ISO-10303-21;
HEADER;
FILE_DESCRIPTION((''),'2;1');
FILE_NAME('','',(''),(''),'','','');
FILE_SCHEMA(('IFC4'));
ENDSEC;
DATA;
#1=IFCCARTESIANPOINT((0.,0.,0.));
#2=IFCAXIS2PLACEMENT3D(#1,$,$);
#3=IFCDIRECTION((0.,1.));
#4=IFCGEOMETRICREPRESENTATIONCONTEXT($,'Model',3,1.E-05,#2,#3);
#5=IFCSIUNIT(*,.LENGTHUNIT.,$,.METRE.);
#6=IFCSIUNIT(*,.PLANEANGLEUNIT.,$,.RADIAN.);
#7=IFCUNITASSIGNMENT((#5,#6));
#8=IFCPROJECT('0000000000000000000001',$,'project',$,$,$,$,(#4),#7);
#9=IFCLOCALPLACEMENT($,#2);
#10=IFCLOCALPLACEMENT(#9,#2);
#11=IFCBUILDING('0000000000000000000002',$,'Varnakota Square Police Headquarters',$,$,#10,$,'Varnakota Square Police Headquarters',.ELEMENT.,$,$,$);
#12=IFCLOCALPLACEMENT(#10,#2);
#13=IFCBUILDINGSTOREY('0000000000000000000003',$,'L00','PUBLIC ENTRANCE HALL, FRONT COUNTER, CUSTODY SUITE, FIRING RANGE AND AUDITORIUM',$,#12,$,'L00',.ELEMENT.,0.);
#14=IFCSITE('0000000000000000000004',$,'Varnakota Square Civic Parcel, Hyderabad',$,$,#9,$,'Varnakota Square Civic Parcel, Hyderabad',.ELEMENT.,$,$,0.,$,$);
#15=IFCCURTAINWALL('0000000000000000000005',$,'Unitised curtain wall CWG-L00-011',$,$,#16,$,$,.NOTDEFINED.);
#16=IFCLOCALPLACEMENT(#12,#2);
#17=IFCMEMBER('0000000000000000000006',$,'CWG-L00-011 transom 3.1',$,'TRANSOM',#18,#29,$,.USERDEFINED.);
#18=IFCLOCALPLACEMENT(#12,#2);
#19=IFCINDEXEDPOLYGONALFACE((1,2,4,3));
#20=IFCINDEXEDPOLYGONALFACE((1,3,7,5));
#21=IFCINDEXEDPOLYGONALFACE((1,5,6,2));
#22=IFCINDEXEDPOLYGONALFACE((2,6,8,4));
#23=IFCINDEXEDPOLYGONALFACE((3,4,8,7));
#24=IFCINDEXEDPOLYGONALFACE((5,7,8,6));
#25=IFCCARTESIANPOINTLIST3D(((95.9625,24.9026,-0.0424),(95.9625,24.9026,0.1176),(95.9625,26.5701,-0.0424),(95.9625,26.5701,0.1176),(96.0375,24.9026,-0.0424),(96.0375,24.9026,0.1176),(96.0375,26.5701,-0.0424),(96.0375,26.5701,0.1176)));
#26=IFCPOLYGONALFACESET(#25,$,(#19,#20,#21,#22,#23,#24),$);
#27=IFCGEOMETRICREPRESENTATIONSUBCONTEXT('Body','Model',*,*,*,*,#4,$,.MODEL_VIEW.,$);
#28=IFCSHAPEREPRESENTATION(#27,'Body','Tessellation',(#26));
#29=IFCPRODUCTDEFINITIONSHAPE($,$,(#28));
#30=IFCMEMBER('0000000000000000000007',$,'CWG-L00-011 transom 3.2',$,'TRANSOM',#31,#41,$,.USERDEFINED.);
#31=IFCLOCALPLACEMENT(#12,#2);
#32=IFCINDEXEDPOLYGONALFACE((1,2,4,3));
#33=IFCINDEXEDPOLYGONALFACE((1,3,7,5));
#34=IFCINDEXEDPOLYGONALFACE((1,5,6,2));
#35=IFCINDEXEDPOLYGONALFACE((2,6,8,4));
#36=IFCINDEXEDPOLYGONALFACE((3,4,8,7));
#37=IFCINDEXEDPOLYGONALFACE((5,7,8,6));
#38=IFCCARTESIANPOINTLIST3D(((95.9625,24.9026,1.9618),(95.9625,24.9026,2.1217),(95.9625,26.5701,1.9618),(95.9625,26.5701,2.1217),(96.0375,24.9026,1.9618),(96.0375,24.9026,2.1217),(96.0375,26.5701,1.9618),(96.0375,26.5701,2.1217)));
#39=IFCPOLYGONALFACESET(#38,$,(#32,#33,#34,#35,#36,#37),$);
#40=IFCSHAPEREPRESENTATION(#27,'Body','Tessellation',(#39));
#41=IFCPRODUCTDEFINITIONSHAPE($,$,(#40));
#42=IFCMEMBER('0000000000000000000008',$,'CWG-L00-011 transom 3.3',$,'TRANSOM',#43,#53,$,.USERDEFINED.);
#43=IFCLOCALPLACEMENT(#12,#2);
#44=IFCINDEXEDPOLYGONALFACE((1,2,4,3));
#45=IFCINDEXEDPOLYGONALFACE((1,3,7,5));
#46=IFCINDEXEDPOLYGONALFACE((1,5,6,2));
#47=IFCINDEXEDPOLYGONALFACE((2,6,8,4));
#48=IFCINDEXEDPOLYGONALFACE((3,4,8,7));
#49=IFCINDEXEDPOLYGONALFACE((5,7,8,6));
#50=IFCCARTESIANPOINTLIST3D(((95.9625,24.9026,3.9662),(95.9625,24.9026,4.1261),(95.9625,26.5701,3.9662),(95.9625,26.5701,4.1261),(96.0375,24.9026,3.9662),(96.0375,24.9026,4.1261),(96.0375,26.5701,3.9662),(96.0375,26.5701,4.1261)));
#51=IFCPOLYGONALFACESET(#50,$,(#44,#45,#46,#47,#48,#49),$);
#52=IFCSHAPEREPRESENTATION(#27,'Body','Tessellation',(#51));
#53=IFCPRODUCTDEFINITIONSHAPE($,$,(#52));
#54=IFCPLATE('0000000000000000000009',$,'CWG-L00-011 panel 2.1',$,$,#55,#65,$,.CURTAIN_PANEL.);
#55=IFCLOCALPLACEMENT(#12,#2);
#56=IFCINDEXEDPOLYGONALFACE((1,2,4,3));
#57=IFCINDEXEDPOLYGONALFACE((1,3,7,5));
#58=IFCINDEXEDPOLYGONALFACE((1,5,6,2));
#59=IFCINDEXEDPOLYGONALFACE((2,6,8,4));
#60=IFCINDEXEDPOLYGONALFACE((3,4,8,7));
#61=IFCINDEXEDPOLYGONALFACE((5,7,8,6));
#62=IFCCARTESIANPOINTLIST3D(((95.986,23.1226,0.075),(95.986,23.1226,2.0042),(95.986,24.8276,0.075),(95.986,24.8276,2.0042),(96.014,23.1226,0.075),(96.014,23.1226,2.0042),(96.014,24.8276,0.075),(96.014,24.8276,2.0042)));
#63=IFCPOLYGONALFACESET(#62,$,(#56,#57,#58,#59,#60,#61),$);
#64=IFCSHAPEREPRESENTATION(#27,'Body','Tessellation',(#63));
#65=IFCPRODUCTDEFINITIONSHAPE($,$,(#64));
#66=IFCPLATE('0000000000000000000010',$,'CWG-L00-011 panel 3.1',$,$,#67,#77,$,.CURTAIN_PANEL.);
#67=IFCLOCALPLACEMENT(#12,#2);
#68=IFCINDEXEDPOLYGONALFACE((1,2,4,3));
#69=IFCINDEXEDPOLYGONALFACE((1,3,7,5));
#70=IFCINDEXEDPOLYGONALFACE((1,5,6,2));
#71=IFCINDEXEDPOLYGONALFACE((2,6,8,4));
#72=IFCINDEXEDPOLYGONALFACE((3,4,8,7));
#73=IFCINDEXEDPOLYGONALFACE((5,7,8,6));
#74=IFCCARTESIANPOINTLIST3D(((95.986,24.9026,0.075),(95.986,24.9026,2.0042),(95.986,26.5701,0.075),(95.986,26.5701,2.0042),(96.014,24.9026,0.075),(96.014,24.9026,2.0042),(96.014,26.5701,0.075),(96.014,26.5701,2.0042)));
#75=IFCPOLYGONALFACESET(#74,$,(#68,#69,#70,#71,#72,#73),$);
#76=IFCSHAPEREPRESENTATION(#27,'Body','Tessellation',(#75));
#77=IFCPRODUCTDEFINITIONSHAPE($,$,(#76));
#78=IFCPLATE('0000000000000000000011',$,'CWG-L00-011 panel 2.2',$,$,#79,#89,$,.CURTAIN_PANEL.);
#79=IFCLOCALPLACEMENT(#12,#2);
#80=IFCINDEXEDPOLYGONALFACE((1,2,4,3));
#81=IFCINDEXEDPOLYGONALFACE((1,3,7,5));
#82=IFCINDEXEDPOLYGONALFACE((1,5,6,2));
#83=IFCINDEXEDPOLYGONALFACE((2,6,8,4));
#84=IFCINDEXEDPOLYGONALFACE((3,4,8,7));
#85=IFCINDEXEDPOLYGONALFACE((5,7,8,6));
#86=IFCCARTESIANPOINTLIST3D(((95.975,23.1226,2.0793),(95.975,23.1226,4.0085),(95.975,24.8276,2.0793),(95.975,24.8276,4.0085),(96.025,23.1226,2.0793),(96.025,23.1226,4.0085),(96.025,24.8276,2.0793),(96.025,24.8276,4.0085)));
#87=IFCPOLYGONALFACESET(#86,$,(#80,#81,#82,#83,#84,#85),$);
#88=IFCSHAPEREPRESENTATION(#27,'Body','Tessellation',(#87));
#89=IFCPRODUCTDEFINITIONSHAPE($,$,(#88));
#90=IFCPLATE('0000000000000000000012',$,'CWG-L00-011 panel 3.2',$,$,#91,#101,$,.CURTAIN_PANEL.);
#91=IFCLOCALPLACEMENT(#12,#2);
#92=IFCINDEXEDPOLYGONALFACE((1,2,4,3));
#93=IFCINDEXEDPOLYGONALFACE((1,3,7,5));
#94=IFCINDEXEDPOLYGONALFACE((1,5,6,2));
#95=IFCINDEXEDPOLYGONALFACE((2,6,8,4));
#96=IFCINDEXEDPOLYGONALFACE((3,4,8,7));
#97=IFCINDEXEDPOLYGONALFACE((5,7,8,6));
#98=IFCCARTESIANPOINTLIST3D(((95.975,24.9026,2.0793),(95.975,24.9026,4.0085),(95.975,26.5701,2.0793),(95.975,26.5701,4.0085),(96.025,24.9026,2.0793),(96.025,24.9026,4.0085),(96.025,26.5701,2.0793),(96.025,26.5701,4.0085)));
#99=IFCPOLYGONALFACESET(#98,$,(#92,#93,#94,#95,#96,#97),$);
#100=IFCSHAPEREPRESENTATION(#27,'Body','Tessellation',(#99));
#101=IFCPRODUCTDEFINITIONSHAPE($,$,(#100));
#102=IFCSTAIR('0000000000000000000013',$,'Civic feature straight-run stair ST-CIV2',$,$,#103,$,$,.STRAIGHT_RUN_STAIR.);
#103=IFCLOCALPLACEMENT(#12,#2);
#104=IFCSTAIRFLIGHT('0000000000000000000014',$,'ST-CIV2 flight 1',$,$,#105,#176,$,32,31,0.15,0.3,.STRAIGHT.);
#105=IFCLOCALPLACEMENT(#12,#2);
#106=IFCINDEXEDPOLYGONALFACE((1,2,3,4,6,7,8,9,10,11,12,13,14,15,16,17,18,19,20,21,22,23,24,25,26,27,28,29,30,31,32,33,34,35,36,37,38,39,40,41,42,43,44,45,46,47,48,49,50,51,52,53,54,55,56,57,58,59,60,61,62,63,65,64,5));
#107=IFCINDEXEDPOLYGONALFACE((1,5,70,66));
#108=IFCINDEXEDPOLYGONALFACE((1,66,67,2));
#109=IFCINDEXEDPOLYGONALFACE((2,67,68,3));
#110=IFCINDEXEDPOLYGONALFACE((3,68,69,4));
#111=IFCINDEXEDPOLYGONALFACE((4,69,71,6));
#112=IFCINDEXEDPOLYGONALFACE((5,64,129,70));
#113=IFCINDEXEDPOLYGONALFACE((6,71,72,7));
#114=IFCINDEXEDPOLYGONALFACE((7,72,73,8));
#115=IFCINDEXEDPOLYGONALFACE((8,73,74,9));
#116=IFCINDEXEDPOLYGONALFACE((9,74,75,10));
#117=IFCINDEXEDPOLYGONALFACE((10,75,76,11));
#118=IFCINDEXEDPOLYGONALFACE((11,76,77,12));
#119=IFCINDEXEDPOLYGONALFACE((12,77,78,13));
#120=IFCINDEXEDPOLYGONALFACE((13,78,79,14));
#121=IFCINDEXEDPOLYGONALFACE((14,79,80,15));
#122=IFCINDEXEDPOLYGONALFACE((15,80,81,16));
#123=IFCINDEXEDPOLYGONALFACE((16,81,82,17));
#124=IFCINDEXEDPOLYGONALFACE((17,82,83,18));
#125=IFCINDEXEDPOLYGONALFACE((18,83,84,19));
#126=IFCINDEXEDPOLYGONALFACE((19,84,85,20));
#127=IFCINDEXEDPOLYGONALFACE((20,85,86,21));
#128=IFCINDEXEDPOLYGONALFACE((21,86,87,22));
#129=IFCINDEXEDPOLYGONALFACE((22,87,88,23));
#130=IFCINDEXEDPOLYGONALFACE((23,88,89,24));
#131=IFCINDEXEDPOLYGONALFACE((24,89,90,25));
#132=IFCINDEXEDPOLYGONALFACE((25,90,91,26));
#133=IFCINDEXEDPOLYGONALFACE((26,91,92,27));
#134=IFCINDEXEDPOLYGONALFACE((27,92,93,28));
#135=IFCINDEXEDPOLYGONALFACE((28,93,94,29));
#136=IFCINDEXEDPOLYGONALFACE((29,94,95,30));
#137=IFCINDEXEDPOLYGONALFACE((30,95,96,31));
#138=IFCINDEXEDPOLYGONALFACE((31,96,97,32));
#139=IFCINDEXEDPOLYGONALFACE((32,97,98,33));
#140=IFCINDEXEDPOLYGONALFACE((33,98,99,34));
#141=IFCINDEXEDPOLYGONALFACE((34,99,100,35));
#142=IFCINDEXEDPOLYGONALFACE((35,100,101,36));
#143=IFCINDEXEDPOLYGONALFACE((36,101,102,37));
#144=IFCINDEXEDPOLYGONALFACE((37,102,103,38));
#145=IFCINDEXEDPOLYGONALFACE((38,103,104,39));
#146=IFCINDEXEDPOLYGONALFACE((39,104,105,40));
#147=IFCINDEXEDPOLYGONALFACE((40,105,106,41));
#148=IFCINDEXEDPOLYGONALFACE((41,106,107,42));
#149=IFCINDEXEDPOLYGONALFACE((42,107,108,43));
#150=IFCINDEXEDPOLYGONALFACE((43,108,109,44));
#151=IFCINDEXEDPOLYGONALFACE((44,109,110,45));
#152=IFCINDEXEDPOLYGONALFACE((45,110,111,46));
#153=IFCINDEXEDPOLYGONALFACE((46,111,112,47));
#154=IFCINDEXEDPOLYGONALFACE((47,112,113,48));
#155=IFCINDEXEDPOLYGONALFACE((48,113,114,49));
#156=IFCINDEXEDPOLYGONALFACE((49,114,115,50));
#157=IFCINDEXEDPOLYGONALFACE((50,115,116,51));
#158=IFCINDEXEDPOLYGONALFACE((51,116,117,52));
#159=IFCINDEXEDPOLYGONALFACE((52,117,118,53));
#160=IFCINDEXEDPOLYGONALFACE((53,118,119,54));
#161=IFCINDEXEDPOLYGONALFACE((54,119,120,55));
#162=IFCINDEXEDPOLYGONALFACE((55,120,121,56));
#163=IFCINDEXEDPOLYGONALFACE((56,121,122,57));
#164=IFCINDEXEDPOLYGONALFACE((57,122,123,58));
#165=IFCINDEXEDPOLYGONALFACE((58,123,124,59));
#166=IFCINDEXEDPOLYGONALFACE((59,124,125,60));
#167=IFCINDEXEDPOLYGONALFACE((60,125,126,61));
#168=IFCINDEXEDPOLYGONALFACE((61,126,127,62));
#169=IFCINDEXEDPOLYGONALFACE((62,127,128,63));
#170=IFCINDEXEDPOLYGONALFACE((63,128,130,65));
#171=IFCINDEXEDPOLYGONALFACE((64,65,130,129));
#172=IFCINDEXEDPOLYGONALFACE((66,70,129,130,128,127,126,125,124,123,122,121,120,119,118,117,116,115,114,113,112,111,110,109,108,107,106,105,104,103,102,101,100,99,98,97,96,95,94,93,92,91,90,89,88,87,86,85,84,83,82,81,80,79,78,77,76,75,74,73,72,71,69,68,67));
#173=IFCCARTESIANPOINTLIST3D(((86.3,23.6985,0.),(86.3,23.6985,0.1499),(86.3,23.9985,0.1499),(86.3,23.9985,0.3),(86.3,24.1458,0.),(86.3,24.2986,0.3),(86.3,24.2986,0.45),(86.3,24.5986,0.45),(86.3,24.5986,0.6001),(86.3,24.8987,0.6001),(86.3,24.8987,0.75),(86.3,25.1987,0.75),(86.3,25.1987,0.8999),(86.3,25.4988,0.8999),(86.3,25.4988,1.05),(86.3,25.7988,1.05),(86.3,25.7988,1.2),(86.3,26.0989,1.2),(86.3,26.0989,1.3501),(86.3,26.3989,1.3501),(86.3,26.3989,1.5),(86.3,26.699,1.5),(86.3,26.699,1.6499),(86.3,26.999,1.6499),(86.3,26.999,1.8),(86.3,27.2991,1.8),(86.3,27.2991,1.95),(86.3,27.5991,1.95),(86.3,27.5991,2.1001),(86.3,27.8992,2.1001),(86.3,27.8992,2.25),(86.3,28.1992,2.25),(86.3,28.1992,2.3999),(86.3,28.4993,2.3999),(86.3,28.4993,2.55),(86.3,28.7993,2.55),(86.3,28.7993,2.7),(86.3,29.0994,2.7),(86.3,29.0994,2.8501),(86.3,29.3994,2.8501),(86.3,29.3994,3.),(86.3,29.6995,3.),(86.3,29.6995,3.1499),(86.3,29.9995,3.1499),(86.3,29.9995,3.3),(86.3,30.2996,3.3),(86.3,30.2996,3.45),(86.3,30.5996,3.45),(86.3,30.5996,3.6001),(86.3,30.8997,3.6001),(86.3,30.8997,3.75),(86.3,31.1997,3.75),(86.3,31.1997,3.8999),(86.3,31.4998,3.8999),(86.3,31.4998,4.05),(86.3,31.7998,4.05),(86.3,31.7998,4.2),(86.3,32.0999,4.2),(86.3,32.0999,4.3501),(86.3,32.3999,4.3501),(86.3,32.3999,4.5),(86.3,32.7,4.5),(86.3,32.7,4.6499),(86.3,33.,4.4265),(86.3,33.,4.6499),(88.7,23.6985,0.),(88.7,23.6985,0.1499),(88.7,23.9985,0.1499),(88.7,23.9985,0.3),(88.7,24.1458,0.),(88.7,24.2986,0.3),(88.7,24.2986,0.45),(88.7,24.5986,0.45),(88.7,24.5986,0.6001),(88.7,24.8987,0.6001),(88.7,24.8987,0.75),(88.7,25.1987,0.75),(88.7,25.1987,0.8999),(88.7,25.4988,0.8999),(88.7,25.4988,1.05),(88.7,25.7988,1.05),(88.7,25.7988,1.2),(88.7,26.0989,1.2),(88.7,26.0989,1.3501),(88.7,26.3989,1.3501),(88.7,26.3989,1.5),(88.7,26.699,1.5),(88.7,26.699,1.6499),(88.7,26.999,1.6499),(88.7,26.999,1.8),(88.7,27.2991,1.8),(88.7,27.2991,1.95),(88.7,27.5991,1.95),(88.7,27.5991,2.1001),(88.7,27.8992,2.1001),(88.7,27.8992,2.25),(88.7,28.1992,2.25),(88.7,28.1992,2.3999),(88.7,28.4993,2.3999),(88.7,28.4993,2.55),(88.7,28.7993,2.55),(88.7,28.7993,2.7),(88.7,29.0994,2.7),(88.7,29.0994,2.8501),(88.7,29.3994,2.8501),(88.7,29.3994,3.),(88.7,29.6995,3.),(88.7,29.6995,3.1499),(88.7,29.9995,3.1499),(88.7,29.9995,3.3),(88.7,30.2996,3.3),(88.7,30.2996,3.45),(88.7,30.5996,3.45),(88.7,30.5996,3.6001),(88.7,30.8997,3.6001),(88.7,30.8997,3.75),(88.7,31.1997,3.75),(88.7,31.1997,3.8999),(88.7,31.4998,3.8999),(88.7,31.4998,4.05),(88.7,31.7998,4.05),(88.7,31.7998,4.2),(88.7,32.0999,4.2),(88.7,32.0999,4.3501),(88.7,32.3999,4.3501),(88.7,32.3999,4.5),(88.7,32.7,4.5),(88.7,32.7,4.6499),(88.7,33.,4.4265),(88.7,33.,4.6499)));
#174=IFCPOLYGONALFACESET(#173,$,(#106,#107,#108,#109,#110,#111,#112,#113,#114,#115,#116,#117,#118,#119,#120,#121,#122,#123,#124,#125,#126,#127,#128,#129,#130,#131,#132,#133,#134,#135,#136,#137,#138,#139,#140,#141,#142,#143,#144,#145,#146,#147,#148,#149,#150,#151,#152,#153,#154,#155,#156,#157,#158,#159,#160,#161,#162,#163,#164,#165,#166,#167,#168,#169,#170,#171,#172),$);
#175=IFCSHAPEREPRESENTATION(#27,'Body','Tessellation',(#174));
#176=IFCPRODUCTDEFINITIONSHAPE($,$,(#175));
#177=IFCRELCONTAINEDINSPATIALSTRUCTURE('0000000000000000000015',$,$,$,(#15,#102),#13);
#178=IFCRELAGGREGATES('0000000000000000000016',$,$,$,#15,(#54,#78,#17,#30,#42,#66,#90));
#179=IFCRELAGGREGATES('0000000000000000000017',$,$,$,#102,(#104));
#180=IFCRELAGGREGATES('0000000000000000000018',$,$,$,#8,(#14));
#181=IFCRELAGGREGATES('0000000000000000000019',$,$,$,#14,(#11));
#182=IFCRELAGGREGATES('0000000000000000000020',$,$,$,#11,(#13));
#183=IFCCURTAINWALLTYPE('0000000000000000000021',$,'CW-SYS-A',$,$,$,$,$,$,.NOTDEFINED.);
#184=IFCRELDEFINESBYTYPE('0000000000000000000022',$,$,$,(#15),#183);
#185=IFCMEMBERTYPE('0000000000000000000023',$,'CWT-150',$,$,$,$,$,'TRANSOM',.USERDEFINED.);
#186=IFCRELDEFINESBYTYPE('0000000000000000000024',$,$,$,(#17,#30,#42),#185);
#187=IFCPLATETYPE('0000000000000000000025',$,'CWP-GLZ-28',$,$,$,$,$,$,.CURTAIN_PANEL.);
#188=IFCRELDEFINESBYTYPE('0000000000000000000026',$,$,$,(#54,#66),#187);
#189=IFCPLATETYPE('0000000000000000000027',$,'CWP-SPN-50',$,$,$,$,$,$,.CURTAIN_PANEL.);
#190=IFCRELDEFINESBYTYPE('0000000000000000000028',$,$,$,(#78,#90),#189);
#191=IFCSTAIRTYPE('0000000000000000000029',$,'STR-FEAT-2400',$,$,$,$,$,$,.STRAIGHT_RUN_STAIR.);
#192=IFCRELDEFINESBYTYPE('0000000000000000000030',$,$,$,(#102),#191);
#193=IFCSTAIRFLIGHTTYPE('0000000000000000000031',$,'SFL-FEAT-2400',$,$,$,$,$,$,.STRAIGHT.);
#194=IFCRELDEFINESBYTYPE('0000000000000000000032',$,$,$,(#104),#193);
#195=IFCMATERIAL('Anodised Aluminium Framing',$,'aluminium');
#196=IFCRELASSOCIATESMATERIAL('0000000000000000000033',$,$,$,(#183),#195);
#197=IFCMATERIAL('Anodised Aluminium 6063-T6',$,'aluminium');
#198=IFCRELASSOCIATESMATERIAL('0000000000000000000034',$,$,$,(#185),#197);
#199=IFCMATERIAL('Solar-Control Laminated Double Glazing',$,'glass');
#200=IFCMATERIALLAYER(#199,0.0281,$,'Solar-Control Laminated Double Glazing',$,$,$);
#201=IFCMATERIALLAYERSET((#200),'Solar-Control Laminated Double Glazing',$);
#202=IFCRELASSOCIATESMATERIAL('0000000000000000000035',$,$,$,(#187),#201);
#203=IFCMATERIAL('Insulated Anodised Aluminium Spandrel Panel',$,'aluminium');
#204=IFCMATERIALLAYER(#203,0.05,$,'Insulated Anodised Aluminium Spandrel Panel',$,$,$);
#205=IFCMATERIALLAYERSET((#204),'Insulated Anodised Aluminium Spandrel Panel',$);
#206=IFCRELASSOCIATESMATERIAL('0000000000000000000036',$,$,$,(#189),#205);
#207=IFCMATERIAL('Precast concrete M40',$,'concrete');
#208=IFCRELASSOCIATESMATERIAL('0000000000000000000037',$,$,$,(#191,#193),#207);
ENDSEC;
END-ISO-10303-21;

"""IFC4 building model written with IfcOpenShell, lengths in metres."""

from ifc_helpers import new_model, si_unit, direction, frame, origin, origin_2d, place, context, subcontext, project, spatial, polyline, rectangle, outline, extrude, material, layer, layer_set, material_profile, profile_set, type_object, element, aggregate, save


model = new_model("IFC4")

# Units and contexts
model_context = context("Model", 3, precision=1e-05, world=origin(), true_north=direction((0.0, 1.0)))
body_context = subcontext(model_context, "Body", "Model", "MODEL_VIEW")
ifc_project = project(units=[si_unit("LENGTHUNIT", "METRE"), si_unit("PLANEANGLEUNIT", "RADIAN")], contexts=[model_context])

# Site, building, storey
site_placement = place(None, origin())
site = spatial("IfcSite", under=ifc_project, at=site_placement, Name="Varnakota Square Civic Parcel, Hyderabad", LongName="Varnakota Square Civic Parcel, Hyderabad", CompositionType="ELEMENT", RefElevation=0.0)
building_placement = place(site_placement, origin())
building = spatial("IfcBuilding", under=site, at=building_placement, Name="Varnakota Square Police Headquarters", LongName="Varnakota Square Police Headquarters", CompositionType="ELEMENT")
storey_placement = place(building_placement, origin())
storey = spatial("IfcBuildingStorey", under=building, at=storey_placement, Name="L00", Description="PUBLIC ENTRANCE HALL, FRONT COUNTER, CUSTODY SUITE, FIRING RANGE AND AUDITORIUM", LongName="L00", CompositionType="ELEMENT", Elevation=0.0)

# Shared definitions
ifc_material_1 = material(Name="Anodised Aluminium Framing", Category="aluminium")
curtain_wall_type = type_object("IfcCurtainWallType", Name="CW-SYS-A", PredefinedType="NOTDEFINED", material=ifc_material_1)
ifc_material_2 = material(Name="Anodised Aluminium 6063-T6", Category="aluminium")

# Curtain wall
curtain_wall_1_placement = place(storey_placement, origin())
curtain_wall_1 = element("IfcCurtainWall", 1, at=curtain_wall_1_placement, inside=storey, type_object=curtain_wall_type, Name="Unitised curtain wall CWG-L00-011", PredefinedType="NOTDEFINED")

# Members
ifc_material_profile_1 = material_profile(ifc_material_2, rectangle(XDim=0.075, YDim=0.1599, at=origin_2d()), Name="ALU TRANSOM 75x160")
ifc_profile_set_1 = profile_set([ifc_material_profile_1], Name="Anodised Aluminium 6063-T6")
member_type_1 = type_object("IfcMemberType", Name="CWT-150", ElementType="TRANSOM", PredefinedType="USERDEFINED", material=ifc_profile_set_1)
member_1_placement = place(storey_placement, frame((96.0, 24.9026, 0.0376), z_axis=(0.0, 1.0, 0.0), x_axis=(-1.0, 0.0, 0.0)))
member_1 = element("IfcMember", 2, at=member_1_placement, type_object=member_type_1, Name="CWG-L00-011 transom 3.1", ObjectType="TRANSOM", PredefinedType="USERDEFINED", context=body_context, shape_type="SweptSolid", body=[
    extrude(rectangle(XDim=0.075, YDim=0.1599, at=origin_2d()), origin(), (0.0, 0.0, 1.0), 1.6675),
])
member_2_placement = place(storey_placement, frame((96.0, 24.9026, 2.0417), z_axis=(0.0, 1.0, 0.0), x_axis=(-1.0, 0.0, 0.0)))
member_2 = element("IfcMember", 3, at=member_2_placement, type_object=member_type_1, Name="CWG-L00-011 transom 3.2", ObjectType="TRANSOM", PredefinedType="USERDEFINED", context=body_context, shape_type="SweptSolid", body=[
    extrude(rectangle(XDim=0.075, YDim=0.1599, at=origin_2d()), origin(), (0.0, 0.0, 1.0), 1.6675),
])
member_3_placement = place(storey_placement, frame((96.0, 24.9026, 4.0461), z_axis=(0.0, 1.0, 0.0), x_axis=(-1.0, 0.0, 0.0)))
member_3 = element("IfcMember", 4, at=member_3_placement, type_object=member_type_1, Name="CWG-L00-011 transom 3.3", ObjectType="TRANSOM", PredefinedType="USERDEFINED", context=body_context, shape_type="SweptSolid", body=[
    extrude(rectangle(XDim=0.075, YDim=0.1599, at=origin_2d()), origin(), (0.0, 0.0, 1.0), 1.6675),
])

# Plates
ifc_material_3 = material(Name="Solar-Control Laminated Double Glazing", Category="glass")
ifc_layer_1 = layer(ifc_material_3, 0.0281, Name="Solar-Control Laminated Double Glazing")
ifc_layer_set_1 = layer_set([ifc_layer_1], Name="Solar-Control Laminated Double Glazing")
plate_type_1 = type_object("IfcPlateType", Name="CWP-GLZ-28", PredefinedType="CURTAIN_PANEL", material=ifc_layer_set_1)
plate_1_placement = place(storey_placement, frame((96.0, 23.9751, 0.075), z_axis=(0.0, 0.0, 1.0), x_axis=(0.0, 1.0, 0.0)))
plate_1 = element("IfcPlate", 5, at=plate_1_placement, type_object=plate_type_1, Name="CWG-L00-011 panel 2.1", PredefinedType="CURTAIN_PANEL", context=body_context, shape_type="SweptSolid", body=[
    extrude(rectangle(XDim=1.7051, YDim=0.0281, at=origin_2d()), origin(), (0.0, 0.0, 1.0), 1.9292),
])
plate_2_placement = place(storey_placement, frame((96.0, 25.7363, 0.075), z_axis=(0.0, 0.0, 1.0), x_axis=(0.0, 1.0, 0.0)))
plate_2 = element("IfcPlate", 6, at=plate_2_placement, type_object=plate_type_1, Name="CWG-L00-011 panel 3.1", PredefinedType="CURTAIN_PANEL", context=body_context, shape_type="SweptSolid", body=[
    extrude(rectangle(XDim=1.6675, YDim=0.0281, at=origin_2d()), origin(), (0.0, 0.0, 1.0), 1.9292),
])
ifc_material_4 = material(Name="Insulated Anodised Aluminium Spandrel Panel", Category="aluminium")
ifc_layer_2 = layer(ifc_material_4, 0.05, Name="Insulated Anodised Aluminium Spandrel Panel")
ifc_layer_set_2 = layer_set([ifc_layer_2], Name="Insulated Anodised Aluminium Spandrel Panel")
plate_type_2 = type_object("IfcPlateType", Name="CWP-SPN-50", PredefinedType="CURTAIN_PANEL", material=ifc_layer_set_2)
plate_3_placement = place(storey_placement, frame((96.0, 23.9751, 2.0793), z_axis=(0.0, 0.0, 1.0), x_axis=(0.0, 1.0, 0.0)))
plate_3 = element("IfcPlate", 7, at=plate_3_placement, type_object=plate_type_2, Name="CWG-L00-011 panel 2.2", PredefinedType="CURTAIN_PANEL", context=body_context, shape_type="SweptSolid", body=[
    extrude(rectangle(XDim=1.7051, YDim=0.05, at=origin_2d()), origin(), (0.0, 0.0, 1.0), 1.9292),
])
plate_4_placement = place(storey_placement, frame((96.0, 25.7363, 2.0793), z_axis=(0.0, 0.0, 1.0), x_axis=(0.0, 1.0, 0.0)))
plate_4 = element("IfcPlate", 8, at=plate_4_placement, type_object=plate_type_2, Name="CWG-L00-011 panel 3.2", PredefinedType="CURTAIN_PANEL", context=body_context, shape_type="SweptSolid", body=[
    extrude(rectangle(XDim=1.6675, YDim=0.05, at=origin_2d()), origin(), (0.0, 0.0, 1.0), 1.9292),
])
aggregate(curtain_wall_1, [plate_1, plate_3, member_1, member_2, member_3, plate_2, plate_4])

# Stair, stair flight
ifc_material_5 = material(Name="Precast concrete M40", Category="concrete")
stair_type = type_object("IfcStairType", Name="STR-FEAT-2400", PredefinedType="STRAIGHT_RUN_STAIR", material=ifc_material_5)
stair_placement = place(storey_placement, origin())
stair = element("IfcStair", 9, at=stair_placement, inside=storey, type_object=stair_type, Name="Civic feature straight-run stair ST-CIV2", PredefinedType="STRAIGHT_RUN_STAIR")
stair_flight_type = type_object("IfcStairFlightType", Name="SFL-FEAT-2400", PredefinedType="STRAIGHT", material=ifc_material_5)
stair_flight_placement = place(storey_placement, frame((87.5, 23.6985, 0.0), z_axis=(0.0, 0.0, 1.0), x_axis=(0.0, 1.0, 0.0)))
stair_flight = element("IfcStairFlight", 10, at=stair_flight_placement, type_object=stair_flight_type, Name="ST-CIV2 flight 1", NumberOfRisers=32, NumberOfTreads=31, PredefinedType="STRAIGHT", RiserHeight=0.15, TreadLength=0.3, context=body_context, shape_type="SweptSolid", body=[
    extrude(outline(polyline([(0.0, 0.0), (0.0, 0.1499), (0.3, 0.1499), (0.3, 0.3), (0.6001, 0.3), (0.6001, 0.45), (0.9001, 0.45), (0.9001, 0.6001), (1.2002, 0.6001), (1.2002, 0.75), (1.5002, 0.75), (1.5002, 0.8999), (1.8003, 0.8999), (1.8003, 1.05), (2.1003, 1.05), (2.1003, 1.2), (2.4004, 1.2), (2.4004, 1.3501), (2.7004, 1.3501), (2.7004, 1.5), (3.0005, 1.5), (3.0005, 1.6499), (3.3005, 1.6499), (3.3005, 1.8), (3.6006, 1.8), (3.6006, 1.95), (3.9006, 1.95), (3.9006, 2.1001), (4.2007, 2.1001), (4.2007, 2.25), (4.5007, 2.25), (4.5007, 2.3999), (4.8008, 2.3999), (4.8008, 2.55), (5.1008, 2.55), (5.1008, 2.7), (5.4009, 2.7), (5.4009, 2.8501), (5.7009, 2.8501), (5.7009, 3.0), (6.001, 3.0), (6.001, 3.1499), (6.301, 3.1499), (6.301, 3.3), (6.6011, 3.3), (6.6011, 3.45), (6.9011, 3.45), (6.9011, 3.6001), (7.2012, 3.6001), (7.2012, 3.75), (7.5012, 3.75), (7.5012, 3.8999), (7.8013, 3.8999), (7.8013, 4.05), (8.1013, 4.05), (8.1013, 4.2), (8.4014, 4.2), (8.4014, 4.3501), (8.7014, 4.3501), (8.7014, 4.5), (9.0015, 4.5), (9.0015, 4.6499), (9.3015, 4.6499), (9.3015, 4.8), (9.3015, 4.4265), (0.4473, 0.0), (0.0, 0.0)])), frame((0.0, 1.2, 0.0), z_axis=(0.0, -1.0, 0.0), x_axis=(1.0, 0.0, 0.0)), (0.0, 0.0, 1.0), 2.3999),
])
aggregate(stair, [stair_flight])

save(model, "model.ifc")
